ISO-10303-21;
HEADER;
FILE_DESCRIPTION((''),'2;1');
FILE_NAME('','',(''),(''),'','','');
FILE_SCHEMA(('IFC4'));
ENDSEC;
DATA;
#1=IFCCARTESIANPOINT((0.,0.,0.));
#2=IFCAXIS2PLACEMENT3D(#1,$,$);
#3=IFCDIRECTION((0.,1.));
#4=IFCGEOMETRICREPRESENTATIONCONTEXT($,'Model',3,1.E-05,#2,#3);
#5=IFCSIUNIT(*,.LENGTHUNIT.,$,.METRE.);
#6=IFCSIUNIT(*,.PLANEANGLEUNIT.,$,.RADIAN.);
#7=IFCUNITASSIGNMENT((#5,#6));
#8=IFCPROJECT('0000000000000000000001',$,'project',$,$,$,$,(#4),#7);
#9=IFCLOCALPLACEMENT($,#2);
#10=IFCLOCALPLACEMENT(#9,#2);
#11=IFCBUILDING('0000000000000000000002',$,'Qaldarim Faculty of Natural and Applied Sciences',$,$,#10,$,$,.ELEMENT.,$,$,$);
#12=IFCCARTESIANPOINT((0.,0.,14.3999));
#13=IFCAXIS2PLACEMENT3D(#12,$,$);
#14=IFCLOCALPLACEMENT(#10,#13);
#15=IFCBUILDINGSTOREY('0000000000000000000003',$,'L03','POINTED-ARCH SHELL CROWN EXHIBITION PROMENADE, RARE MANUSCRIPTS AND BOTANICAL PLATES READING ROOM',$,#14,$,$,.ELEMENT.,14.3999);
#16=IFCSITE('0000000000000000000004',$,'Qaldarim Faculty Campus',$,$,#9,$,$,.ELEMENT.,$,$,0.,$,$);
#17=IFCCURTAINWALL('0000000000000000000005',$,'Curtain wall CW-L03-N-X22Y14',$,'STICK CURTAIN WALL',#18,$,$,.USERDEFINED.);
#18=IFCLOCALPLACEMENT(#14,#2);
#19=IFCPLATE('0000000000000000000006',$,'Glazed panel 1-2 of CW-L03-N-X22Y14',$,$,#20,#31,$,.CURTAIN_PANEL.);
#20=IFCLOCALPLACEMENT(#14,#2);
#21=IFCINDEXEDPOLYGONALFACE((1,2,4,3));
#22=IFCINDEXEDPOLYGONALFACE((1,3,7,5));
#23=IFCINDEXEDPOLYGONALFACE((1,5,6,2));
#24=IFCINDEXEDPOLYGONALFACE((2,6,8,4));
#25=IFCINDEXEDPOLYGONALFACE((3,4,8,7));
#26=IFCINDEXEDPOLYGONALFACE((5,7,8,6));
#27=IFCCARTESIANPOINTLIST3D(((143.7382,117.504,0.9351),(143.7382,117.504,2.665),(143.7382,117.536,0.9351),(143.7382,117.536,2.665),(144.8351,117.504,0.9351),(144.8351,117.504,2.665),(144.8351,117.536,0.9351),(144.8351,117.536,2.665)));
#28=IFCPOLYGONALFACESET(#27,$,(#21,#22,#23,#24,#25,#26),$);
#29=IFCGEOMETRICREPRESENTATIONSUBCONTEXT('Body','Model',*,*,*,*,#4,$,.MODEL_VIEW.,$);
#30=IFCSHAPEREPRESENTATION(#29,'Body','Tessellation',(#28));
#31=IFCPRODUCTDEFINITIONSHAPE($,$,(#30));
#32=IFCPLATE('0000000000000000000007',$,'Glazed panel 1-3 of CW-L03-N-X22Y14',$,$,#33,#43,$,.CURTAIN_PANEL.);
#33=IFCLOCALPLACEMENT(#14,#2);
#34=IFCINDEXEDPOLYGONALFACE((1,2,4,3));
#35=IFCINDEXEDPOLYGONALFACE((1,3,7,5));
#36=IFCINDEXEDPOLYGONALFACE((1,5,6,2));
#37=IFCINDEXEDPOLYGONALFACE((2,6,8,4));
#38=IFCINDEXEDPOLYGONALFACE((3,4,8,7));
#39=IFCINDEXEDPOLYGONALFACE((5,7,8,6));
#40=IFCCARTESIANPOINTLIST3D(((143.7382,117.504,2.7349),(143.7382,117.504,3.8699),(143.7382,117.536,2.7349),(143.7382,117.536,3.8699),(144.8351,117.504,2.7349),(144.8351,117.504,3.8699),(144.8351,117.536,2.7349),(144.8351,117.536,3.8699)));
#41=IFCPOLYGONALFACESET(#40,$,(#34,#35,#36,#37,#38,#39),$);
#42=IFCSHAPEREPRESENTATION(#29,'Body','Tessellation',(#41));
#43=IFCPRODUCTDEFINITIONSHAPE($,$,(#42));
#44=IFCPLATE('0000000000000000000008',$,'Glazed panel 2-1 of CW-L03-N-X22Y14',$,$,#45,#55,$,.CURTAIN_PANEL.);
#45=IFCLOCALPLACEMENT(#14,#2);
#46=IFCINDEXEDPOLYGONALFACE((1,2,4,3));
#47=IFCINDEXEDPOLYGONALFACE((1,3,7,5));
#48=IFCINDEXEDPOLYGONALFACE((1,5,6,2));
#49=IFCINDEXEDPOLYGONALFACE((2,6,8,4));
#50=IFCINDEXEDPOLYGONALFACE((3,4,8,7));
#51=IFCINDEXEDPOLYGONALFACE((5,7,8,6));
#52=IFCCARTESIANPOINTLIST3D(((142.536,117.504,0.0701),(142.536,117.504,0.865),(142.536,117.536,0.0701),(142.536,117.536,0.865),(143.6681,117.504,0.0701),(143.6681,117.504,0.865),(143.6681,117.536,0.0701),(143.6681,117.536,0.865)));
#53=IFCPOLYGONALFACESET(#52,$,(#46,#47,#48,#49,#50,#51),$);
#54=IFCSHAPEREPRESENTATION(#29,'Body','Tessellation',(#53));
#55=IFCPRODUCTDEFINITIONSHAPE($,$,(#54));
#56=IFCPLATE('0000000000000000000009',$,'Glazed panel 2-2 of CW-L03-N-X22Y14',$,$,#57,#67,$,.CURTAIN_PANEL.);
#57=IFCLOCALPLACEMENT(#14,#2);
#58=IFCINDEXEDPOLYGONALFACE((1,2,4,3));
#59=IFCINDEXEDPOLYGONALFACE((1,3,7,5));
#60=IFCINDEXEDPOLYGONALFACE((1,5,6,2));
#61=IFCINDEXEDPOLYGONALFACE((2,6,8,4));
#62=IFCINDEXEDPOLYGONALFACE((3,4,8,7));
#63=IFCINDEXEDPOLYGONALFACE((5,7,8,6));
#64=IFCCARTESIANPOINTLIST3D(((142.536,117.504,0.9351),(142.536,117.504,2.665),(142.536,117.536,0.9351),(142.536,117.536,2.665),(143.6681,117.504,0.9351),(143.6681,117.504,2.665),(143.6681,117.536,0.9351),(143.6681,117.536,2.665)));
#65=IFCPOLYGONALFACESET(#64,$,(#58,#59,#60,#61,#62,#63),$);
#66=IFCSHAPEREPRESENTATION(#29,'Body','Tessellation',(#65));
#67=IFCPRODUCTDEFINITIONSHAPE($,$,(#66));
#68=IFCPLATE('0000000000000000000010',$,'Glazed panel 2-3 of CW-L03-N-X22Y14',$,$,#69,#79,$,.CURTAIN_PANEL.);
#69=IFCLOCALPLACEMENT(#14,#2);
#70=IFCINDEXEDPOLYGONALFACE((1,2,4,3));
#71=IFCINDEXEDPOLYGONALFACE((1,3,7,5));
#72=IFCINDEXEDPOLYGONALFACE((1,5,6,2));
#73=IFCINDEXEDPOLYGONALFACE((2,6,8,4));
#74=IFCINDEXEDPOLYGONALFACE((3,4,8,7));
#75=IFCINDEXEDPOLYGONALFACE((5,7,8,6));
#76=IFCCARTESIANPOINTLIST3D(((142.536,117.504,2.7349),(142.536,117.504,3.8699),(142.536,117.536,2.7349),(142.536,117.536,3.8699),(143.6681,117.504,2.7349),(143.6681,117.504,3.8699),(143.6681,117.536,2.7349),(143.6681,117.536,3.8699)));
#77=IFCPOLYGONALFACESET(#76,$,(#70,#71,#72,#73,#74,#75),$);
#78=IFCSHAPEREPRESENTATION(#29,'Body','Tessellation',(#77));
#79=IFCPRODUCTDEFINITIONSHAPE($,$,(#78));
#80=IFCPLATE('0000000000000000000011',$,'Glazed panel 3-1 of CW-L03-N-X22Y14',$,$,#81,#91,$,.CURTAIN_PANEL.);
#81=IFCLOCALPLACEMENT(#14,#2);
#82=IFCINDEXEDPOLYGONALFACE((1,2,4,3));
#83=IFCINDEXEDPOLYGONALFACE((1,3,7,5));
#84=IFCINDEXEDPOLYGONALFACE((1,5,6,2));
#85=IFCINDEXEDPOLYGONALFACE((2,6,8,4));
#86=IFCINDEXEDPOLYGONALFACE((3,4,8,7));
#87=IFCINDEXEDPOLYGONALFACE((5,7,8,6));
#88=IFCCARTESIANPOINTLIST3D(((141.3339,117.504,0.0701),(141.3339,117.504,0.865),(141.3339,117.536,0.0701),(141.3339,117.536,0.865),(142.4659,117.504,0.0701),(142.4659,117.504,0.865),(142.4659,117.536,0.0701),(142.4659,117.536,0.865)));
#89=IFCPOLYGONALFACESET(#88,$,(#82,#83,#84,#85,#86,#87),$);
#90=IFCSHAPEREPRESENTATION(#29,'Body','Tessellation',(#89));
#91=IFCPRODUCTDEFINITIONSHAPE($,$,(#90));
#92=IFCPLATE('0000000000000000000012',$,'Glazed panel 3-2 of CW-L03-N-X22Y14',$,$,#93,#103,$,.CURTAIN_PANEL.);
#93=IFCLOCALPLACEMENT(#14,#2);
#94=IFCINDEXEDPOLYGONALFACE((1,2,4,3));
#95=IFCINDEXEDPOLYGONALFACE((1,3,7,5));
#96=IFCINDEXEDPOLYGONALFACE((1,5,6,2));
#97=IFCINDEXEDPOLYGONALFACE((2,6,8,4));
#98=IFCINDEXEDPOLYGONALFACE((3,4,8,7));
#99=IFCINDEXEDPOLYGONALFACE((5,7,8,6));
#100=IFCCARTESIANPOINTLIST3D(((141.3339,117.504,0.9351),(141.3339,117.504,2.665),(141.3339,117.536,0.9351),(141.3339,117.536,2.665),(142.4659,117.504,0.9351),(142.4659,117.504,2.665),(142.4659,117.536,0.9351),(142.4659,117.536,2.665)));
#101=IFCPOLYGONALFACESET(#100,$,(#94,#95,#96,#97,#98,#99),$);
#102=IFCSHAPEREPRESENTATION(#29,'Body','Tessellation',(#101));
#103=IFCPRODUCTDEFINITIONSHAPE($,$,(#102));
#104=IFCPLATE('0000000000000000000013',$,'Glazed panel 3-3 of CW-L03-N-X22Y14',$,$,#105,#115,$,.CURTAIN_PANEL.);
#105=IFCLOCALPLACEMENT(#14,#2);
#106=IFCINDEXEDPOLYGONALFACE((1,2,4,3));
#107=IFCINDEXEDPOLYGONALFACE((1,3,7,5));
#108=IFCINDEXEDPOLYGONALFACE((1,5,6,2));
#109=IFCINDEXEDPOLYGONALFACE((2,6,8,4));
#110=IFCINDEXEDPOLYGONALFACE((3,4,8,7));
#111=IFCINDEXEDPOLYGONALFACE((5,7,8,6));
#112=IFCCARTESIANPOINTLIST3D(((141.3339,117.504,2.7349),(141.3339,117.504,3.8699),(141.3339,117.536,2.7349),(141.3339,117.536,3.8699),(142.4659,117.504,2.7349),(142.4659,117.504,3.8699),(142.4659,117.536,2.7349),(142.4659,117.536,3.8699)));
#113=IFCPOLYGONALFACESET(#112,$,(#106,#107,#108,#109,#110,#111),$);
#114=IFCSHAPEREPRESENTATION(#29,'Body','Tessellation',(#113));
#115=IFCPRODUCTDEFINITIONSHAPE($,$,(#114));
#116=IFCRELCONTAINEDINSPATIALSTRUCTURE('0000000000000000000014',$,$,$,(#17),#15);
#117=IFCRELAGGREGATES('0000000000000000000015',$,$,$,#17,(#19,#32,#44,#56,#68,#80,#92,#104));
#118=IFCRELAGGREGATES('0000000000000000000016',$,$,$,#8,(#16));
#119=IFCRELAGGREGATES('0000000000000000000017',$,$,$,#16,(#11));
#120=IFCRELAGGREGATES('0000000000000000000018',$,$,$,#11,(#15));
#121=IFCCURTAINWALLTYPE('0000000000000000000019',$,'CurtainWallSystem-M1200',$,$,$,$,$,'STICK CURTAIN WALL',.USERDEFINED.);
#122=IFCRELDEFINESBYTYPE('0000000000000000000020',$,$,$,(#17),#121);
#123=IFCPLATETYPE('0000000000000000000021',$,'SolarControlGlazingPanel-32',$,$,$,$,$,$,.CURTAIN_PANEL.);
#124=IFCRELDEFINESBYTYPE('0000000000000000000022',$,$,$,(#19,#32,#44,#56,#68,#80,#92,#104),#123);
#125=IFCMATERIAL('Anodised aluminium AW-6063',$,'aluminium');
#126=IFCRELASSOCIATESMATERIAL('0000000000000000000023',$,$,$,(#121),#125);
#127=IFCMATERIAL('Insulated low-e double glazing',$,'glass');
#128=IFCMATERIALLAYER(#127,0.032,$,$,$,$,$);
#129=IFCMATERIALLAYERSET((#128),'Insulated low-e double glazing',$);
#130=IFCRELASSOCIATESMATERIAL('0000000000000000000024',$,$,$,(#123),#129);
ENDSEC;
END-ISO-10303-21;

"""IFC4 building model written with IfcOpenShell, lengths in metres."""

from ifc_helpers import new_model, si_unit, direction, frame, origin, origin_2d, place, context, subcontext, project, spatial, rectangle, extrude, material, layer, layer_set, type_object, element, aggregate, save


model = new_model("IFC4")

# Units and contexts
model_context = context("Model", 3, precision=1e-05, world=origin(), true_north=direction((0.0, 1.0)))
body_context = subcontext(model_context, "Body", "Model", "MODEL_VIEW")
ifc_project = project(units=[si_unit("LENGTHUNIT", "METRE"), si_unit("PLANEANGLEUNIT", "RADIAN")], contexts=[model_context])

# Site, building, storey
site_placement = place(None, origin())
site = spatial("IfcSite", under=ifc_project, at=site_placement, Name="Qaldarim Faculty Campus", CompositionType="ELEMENT", RefElevation=0.0)
building_placement = place(site_placement, origin())
building = spatial("IfcBuilding", under=site, at=building_placement, Name="Qaldarim Faculty of Natural and Applied Sciences", CompositionType="ELEMENT")
storey_placement = place(building_placement, frame((0.0, 0.0, 14.3999)))
storey = spatial("IfcBuildingStorey", under=building, at=storey_placement, Name="L03", Description="POINTED-ARCH SHELL CROWN EXHIBITION PROMENADE, RARE MANUSCRIPTS AND BOTANICAL PLATES READING ROOM", CompositionType="ELEMENT", Elevation=14.3999)

# Curtain wall, plates
ifc_material_1 = material(Name="Anodised aluminium AW-6063", Category="aluminium")
curtain_wall_type = type_object("IfcCurtainWallType", Name="CurtainWallSystem-M1200", ElementType="STICK CURTAIN WALL", PredefinedType="USERDEFINED", material=ifc_material_1)
curtain_wall_placement = place(storey_placement, origin())
curtain_wall = element("IfcCurtainWall", 1, at=curtain_wall_placement, inside=storey, type_object=curtain_wall_type, Name="Curtain wall CW-L03-N-X22Y14", ObjectType="STICK CURTAIN WALL", PredefinedType="USERDEFINED")
ifc_material_2 = material(Name="Insulated low-e double glazing", Category="glass")
ifc_layer = layer(ifc_material_2, 0.032)
ifc_layer_set = layer_set([ifc_layer], Name="Insulated low-e double glazing")
plate_type = type_object("IfcPlateType", Name="SolarControlGlazingPanel-32", PredefinedType="CURTAIN_PANEL", material=ifc_layer_set)
plate_1_placement = place(storey_placement, frame((144.2866, 117.52, 0.9351), z_axis=(0.0, 0.0, 1.0), x_axis=(-1.0, 0.0, 0.0)))
plate_1 = element("IfcPlate", 2, at=plate_1_placement, type_object=plate_type, Name="Glazed panel 1-2 of CW-L03-N-X22Y14", PredefinedType="CURTAIN_PANEL", context=body_context, shape_type="SweptSolid", body=[
    extrude(rectangle(XDim=1.0969, YDim=0.032, at=origin_2d()), origin(), (0.0, 0.0, 1.0), 1.73),
])
plate_2_placement = place(storey_placement, frame((144.2866, 117.52, 2.7349), z_axis=(0.0, 0.0, 1.0), x_axis=(-1.0, 0.0, 0.0)))
plate_2 = element("IfcPlate", 3, at=plate_2_placement, type_object=plate_type, Name="Glazed panel 1-3 of CW-L03-N-X22Y14", PredefinedType="CURTAIN_PANEL", context=body_context, shape_type="SweptSolid", body=[
    extrude(rectangle(XDim=1.0969, YDim=0.032, at=origin_2d()), origin(), (0.0, 0.0, 1.0), 1.135),
])
plate_3_placement = place(storey_placement, frame((143.1021, 117.52, 0.0701), z_axis=(0.0, 0.0, 1.0), x_axis=(-1.0, 0.0, 0.0)))
plate_3 = element("IfcPlate", 4, at=plate_3_placement, type_object=plate_type, Name="Glazed panel 2-1 of CW-L03-N-X22Y14", PredefinedType="CURTAIN_PANEL", context=body_context, shape_type="SweptSolid", body=[
    extrude(rectangle(XDim=1.1321, YDim=0.032, at=origin_2d()), origin(), (0.0, 0.0, 1.0), 0.7949),
])
plate_4_placement = place(storey_placement, frame((143.1021, 117.52, 0.9351), z_axis=(0.0, 0.0, 1.0), x_axis=(-1.0, 0.0, 0.0)))
plate_4 = element("IfcPlate", 5, at=plate_4_placement, type_object=plate_type, Name="Glazed panel 2-2 of CW-L03-N-X22Y14", PredefinedType="CURTAIN_PANEL", context=body_context, shape_type="SweptSolid", body=[
    extrude(rectangle(XDim=1.1321, YDim=0.032, at=origin_2d()), origin(), (0.0, 0.0, 1.0), 1.73),
])
plate_5_placement = place(storey_placement, frame((143.1021, 117.52, 2.7349), z_axis=(0.0, 0.0, 1.0), x_axis=(-1.0, 0.0, 0.0)))
plate_5 = element("IfcPlate", 6, at=plate_5_placement, type_object=plate_type, Name="Glazed panel 2-3 of CW-L03-N-X22Y14", PredefinedType="CURTAIN_PANEL", context=body_context, shape_type="SweptSolid", body=[
    extrude(rectangle(XDim=1.1321, YDim=0.032, at=origin_2d()), origin(), (0.0, 0.0, 1.0), 1.135),
])
plate_6_placement = place(storey_placement, frame((141.8999, 117.52, 0.0701), z_axis=(0.0, 0.0, 1.0), x_axis=(-1.0, 0.0, 0.0)))
plate_6 = element("IfcPlate", 7, at=plate_6_placement, type_object=plate_type, Name="Glazed panel 3-1 of CW-L03-N-X22Y14", PredefinedType="CURTAIN_PANEL", context=body_context, shape_type="SweptSolid", body=[
    extrude(rectangle(XDim=1.1321, YDim=0.032, at=origin_2d()), origin(), (0.0, 0.0, 1.0), 0.7949),
])
plate_7_placement = place(storey_placement, frame((141.8999, 117.52, 0.9351), z_axis=(0.0, 0.0, 1.0), x_axis=(-1.0, 0.0, 0.0)))
plate_7 = element("IfcPlate", 8, at=plate_7_placement, type_object=plate_type, Name="Glazed panel 3-2 of CW-L03-N-X22Y14", PredefinedType="CURTAIN_PANEL", context=body_context, shape_type="SweptSolid", body=[
    extrude(rectangle(XDim=1.1321, YDim=0.032, at=origin_2d()), origin(), (0.0, 0.0, 1.0), 1.73),
])
plate_8_placement = place(storey_placement, frame((141.8999, 117.52, 2.7349), z_axis=(0.0, 0.0, 1.0), x_axis=(-1.0, 0.0, 0.0)))
plate_8 = element("IfcPlate", 9, at=plate_8_placement, type_object=plate_type, Name="Glazed panel 3-3 of CW-L03-N-X22Y14", PredefinedType="CURTAIN_PANEL", context=body_context, shape_type="SweptSolid", body=[
    extrude(rectangle(XDim=1.1321, YDim=0.032, at=origin_2d()), origin(), (0.0, 0.0, 1.0), 1.135),
])
aggregate(curtain_wall, [plate_1, plate_2, plate_3, plate_4, plate_5, plate_6, plate_7, plate_8])

save(model, "model.ifc")
